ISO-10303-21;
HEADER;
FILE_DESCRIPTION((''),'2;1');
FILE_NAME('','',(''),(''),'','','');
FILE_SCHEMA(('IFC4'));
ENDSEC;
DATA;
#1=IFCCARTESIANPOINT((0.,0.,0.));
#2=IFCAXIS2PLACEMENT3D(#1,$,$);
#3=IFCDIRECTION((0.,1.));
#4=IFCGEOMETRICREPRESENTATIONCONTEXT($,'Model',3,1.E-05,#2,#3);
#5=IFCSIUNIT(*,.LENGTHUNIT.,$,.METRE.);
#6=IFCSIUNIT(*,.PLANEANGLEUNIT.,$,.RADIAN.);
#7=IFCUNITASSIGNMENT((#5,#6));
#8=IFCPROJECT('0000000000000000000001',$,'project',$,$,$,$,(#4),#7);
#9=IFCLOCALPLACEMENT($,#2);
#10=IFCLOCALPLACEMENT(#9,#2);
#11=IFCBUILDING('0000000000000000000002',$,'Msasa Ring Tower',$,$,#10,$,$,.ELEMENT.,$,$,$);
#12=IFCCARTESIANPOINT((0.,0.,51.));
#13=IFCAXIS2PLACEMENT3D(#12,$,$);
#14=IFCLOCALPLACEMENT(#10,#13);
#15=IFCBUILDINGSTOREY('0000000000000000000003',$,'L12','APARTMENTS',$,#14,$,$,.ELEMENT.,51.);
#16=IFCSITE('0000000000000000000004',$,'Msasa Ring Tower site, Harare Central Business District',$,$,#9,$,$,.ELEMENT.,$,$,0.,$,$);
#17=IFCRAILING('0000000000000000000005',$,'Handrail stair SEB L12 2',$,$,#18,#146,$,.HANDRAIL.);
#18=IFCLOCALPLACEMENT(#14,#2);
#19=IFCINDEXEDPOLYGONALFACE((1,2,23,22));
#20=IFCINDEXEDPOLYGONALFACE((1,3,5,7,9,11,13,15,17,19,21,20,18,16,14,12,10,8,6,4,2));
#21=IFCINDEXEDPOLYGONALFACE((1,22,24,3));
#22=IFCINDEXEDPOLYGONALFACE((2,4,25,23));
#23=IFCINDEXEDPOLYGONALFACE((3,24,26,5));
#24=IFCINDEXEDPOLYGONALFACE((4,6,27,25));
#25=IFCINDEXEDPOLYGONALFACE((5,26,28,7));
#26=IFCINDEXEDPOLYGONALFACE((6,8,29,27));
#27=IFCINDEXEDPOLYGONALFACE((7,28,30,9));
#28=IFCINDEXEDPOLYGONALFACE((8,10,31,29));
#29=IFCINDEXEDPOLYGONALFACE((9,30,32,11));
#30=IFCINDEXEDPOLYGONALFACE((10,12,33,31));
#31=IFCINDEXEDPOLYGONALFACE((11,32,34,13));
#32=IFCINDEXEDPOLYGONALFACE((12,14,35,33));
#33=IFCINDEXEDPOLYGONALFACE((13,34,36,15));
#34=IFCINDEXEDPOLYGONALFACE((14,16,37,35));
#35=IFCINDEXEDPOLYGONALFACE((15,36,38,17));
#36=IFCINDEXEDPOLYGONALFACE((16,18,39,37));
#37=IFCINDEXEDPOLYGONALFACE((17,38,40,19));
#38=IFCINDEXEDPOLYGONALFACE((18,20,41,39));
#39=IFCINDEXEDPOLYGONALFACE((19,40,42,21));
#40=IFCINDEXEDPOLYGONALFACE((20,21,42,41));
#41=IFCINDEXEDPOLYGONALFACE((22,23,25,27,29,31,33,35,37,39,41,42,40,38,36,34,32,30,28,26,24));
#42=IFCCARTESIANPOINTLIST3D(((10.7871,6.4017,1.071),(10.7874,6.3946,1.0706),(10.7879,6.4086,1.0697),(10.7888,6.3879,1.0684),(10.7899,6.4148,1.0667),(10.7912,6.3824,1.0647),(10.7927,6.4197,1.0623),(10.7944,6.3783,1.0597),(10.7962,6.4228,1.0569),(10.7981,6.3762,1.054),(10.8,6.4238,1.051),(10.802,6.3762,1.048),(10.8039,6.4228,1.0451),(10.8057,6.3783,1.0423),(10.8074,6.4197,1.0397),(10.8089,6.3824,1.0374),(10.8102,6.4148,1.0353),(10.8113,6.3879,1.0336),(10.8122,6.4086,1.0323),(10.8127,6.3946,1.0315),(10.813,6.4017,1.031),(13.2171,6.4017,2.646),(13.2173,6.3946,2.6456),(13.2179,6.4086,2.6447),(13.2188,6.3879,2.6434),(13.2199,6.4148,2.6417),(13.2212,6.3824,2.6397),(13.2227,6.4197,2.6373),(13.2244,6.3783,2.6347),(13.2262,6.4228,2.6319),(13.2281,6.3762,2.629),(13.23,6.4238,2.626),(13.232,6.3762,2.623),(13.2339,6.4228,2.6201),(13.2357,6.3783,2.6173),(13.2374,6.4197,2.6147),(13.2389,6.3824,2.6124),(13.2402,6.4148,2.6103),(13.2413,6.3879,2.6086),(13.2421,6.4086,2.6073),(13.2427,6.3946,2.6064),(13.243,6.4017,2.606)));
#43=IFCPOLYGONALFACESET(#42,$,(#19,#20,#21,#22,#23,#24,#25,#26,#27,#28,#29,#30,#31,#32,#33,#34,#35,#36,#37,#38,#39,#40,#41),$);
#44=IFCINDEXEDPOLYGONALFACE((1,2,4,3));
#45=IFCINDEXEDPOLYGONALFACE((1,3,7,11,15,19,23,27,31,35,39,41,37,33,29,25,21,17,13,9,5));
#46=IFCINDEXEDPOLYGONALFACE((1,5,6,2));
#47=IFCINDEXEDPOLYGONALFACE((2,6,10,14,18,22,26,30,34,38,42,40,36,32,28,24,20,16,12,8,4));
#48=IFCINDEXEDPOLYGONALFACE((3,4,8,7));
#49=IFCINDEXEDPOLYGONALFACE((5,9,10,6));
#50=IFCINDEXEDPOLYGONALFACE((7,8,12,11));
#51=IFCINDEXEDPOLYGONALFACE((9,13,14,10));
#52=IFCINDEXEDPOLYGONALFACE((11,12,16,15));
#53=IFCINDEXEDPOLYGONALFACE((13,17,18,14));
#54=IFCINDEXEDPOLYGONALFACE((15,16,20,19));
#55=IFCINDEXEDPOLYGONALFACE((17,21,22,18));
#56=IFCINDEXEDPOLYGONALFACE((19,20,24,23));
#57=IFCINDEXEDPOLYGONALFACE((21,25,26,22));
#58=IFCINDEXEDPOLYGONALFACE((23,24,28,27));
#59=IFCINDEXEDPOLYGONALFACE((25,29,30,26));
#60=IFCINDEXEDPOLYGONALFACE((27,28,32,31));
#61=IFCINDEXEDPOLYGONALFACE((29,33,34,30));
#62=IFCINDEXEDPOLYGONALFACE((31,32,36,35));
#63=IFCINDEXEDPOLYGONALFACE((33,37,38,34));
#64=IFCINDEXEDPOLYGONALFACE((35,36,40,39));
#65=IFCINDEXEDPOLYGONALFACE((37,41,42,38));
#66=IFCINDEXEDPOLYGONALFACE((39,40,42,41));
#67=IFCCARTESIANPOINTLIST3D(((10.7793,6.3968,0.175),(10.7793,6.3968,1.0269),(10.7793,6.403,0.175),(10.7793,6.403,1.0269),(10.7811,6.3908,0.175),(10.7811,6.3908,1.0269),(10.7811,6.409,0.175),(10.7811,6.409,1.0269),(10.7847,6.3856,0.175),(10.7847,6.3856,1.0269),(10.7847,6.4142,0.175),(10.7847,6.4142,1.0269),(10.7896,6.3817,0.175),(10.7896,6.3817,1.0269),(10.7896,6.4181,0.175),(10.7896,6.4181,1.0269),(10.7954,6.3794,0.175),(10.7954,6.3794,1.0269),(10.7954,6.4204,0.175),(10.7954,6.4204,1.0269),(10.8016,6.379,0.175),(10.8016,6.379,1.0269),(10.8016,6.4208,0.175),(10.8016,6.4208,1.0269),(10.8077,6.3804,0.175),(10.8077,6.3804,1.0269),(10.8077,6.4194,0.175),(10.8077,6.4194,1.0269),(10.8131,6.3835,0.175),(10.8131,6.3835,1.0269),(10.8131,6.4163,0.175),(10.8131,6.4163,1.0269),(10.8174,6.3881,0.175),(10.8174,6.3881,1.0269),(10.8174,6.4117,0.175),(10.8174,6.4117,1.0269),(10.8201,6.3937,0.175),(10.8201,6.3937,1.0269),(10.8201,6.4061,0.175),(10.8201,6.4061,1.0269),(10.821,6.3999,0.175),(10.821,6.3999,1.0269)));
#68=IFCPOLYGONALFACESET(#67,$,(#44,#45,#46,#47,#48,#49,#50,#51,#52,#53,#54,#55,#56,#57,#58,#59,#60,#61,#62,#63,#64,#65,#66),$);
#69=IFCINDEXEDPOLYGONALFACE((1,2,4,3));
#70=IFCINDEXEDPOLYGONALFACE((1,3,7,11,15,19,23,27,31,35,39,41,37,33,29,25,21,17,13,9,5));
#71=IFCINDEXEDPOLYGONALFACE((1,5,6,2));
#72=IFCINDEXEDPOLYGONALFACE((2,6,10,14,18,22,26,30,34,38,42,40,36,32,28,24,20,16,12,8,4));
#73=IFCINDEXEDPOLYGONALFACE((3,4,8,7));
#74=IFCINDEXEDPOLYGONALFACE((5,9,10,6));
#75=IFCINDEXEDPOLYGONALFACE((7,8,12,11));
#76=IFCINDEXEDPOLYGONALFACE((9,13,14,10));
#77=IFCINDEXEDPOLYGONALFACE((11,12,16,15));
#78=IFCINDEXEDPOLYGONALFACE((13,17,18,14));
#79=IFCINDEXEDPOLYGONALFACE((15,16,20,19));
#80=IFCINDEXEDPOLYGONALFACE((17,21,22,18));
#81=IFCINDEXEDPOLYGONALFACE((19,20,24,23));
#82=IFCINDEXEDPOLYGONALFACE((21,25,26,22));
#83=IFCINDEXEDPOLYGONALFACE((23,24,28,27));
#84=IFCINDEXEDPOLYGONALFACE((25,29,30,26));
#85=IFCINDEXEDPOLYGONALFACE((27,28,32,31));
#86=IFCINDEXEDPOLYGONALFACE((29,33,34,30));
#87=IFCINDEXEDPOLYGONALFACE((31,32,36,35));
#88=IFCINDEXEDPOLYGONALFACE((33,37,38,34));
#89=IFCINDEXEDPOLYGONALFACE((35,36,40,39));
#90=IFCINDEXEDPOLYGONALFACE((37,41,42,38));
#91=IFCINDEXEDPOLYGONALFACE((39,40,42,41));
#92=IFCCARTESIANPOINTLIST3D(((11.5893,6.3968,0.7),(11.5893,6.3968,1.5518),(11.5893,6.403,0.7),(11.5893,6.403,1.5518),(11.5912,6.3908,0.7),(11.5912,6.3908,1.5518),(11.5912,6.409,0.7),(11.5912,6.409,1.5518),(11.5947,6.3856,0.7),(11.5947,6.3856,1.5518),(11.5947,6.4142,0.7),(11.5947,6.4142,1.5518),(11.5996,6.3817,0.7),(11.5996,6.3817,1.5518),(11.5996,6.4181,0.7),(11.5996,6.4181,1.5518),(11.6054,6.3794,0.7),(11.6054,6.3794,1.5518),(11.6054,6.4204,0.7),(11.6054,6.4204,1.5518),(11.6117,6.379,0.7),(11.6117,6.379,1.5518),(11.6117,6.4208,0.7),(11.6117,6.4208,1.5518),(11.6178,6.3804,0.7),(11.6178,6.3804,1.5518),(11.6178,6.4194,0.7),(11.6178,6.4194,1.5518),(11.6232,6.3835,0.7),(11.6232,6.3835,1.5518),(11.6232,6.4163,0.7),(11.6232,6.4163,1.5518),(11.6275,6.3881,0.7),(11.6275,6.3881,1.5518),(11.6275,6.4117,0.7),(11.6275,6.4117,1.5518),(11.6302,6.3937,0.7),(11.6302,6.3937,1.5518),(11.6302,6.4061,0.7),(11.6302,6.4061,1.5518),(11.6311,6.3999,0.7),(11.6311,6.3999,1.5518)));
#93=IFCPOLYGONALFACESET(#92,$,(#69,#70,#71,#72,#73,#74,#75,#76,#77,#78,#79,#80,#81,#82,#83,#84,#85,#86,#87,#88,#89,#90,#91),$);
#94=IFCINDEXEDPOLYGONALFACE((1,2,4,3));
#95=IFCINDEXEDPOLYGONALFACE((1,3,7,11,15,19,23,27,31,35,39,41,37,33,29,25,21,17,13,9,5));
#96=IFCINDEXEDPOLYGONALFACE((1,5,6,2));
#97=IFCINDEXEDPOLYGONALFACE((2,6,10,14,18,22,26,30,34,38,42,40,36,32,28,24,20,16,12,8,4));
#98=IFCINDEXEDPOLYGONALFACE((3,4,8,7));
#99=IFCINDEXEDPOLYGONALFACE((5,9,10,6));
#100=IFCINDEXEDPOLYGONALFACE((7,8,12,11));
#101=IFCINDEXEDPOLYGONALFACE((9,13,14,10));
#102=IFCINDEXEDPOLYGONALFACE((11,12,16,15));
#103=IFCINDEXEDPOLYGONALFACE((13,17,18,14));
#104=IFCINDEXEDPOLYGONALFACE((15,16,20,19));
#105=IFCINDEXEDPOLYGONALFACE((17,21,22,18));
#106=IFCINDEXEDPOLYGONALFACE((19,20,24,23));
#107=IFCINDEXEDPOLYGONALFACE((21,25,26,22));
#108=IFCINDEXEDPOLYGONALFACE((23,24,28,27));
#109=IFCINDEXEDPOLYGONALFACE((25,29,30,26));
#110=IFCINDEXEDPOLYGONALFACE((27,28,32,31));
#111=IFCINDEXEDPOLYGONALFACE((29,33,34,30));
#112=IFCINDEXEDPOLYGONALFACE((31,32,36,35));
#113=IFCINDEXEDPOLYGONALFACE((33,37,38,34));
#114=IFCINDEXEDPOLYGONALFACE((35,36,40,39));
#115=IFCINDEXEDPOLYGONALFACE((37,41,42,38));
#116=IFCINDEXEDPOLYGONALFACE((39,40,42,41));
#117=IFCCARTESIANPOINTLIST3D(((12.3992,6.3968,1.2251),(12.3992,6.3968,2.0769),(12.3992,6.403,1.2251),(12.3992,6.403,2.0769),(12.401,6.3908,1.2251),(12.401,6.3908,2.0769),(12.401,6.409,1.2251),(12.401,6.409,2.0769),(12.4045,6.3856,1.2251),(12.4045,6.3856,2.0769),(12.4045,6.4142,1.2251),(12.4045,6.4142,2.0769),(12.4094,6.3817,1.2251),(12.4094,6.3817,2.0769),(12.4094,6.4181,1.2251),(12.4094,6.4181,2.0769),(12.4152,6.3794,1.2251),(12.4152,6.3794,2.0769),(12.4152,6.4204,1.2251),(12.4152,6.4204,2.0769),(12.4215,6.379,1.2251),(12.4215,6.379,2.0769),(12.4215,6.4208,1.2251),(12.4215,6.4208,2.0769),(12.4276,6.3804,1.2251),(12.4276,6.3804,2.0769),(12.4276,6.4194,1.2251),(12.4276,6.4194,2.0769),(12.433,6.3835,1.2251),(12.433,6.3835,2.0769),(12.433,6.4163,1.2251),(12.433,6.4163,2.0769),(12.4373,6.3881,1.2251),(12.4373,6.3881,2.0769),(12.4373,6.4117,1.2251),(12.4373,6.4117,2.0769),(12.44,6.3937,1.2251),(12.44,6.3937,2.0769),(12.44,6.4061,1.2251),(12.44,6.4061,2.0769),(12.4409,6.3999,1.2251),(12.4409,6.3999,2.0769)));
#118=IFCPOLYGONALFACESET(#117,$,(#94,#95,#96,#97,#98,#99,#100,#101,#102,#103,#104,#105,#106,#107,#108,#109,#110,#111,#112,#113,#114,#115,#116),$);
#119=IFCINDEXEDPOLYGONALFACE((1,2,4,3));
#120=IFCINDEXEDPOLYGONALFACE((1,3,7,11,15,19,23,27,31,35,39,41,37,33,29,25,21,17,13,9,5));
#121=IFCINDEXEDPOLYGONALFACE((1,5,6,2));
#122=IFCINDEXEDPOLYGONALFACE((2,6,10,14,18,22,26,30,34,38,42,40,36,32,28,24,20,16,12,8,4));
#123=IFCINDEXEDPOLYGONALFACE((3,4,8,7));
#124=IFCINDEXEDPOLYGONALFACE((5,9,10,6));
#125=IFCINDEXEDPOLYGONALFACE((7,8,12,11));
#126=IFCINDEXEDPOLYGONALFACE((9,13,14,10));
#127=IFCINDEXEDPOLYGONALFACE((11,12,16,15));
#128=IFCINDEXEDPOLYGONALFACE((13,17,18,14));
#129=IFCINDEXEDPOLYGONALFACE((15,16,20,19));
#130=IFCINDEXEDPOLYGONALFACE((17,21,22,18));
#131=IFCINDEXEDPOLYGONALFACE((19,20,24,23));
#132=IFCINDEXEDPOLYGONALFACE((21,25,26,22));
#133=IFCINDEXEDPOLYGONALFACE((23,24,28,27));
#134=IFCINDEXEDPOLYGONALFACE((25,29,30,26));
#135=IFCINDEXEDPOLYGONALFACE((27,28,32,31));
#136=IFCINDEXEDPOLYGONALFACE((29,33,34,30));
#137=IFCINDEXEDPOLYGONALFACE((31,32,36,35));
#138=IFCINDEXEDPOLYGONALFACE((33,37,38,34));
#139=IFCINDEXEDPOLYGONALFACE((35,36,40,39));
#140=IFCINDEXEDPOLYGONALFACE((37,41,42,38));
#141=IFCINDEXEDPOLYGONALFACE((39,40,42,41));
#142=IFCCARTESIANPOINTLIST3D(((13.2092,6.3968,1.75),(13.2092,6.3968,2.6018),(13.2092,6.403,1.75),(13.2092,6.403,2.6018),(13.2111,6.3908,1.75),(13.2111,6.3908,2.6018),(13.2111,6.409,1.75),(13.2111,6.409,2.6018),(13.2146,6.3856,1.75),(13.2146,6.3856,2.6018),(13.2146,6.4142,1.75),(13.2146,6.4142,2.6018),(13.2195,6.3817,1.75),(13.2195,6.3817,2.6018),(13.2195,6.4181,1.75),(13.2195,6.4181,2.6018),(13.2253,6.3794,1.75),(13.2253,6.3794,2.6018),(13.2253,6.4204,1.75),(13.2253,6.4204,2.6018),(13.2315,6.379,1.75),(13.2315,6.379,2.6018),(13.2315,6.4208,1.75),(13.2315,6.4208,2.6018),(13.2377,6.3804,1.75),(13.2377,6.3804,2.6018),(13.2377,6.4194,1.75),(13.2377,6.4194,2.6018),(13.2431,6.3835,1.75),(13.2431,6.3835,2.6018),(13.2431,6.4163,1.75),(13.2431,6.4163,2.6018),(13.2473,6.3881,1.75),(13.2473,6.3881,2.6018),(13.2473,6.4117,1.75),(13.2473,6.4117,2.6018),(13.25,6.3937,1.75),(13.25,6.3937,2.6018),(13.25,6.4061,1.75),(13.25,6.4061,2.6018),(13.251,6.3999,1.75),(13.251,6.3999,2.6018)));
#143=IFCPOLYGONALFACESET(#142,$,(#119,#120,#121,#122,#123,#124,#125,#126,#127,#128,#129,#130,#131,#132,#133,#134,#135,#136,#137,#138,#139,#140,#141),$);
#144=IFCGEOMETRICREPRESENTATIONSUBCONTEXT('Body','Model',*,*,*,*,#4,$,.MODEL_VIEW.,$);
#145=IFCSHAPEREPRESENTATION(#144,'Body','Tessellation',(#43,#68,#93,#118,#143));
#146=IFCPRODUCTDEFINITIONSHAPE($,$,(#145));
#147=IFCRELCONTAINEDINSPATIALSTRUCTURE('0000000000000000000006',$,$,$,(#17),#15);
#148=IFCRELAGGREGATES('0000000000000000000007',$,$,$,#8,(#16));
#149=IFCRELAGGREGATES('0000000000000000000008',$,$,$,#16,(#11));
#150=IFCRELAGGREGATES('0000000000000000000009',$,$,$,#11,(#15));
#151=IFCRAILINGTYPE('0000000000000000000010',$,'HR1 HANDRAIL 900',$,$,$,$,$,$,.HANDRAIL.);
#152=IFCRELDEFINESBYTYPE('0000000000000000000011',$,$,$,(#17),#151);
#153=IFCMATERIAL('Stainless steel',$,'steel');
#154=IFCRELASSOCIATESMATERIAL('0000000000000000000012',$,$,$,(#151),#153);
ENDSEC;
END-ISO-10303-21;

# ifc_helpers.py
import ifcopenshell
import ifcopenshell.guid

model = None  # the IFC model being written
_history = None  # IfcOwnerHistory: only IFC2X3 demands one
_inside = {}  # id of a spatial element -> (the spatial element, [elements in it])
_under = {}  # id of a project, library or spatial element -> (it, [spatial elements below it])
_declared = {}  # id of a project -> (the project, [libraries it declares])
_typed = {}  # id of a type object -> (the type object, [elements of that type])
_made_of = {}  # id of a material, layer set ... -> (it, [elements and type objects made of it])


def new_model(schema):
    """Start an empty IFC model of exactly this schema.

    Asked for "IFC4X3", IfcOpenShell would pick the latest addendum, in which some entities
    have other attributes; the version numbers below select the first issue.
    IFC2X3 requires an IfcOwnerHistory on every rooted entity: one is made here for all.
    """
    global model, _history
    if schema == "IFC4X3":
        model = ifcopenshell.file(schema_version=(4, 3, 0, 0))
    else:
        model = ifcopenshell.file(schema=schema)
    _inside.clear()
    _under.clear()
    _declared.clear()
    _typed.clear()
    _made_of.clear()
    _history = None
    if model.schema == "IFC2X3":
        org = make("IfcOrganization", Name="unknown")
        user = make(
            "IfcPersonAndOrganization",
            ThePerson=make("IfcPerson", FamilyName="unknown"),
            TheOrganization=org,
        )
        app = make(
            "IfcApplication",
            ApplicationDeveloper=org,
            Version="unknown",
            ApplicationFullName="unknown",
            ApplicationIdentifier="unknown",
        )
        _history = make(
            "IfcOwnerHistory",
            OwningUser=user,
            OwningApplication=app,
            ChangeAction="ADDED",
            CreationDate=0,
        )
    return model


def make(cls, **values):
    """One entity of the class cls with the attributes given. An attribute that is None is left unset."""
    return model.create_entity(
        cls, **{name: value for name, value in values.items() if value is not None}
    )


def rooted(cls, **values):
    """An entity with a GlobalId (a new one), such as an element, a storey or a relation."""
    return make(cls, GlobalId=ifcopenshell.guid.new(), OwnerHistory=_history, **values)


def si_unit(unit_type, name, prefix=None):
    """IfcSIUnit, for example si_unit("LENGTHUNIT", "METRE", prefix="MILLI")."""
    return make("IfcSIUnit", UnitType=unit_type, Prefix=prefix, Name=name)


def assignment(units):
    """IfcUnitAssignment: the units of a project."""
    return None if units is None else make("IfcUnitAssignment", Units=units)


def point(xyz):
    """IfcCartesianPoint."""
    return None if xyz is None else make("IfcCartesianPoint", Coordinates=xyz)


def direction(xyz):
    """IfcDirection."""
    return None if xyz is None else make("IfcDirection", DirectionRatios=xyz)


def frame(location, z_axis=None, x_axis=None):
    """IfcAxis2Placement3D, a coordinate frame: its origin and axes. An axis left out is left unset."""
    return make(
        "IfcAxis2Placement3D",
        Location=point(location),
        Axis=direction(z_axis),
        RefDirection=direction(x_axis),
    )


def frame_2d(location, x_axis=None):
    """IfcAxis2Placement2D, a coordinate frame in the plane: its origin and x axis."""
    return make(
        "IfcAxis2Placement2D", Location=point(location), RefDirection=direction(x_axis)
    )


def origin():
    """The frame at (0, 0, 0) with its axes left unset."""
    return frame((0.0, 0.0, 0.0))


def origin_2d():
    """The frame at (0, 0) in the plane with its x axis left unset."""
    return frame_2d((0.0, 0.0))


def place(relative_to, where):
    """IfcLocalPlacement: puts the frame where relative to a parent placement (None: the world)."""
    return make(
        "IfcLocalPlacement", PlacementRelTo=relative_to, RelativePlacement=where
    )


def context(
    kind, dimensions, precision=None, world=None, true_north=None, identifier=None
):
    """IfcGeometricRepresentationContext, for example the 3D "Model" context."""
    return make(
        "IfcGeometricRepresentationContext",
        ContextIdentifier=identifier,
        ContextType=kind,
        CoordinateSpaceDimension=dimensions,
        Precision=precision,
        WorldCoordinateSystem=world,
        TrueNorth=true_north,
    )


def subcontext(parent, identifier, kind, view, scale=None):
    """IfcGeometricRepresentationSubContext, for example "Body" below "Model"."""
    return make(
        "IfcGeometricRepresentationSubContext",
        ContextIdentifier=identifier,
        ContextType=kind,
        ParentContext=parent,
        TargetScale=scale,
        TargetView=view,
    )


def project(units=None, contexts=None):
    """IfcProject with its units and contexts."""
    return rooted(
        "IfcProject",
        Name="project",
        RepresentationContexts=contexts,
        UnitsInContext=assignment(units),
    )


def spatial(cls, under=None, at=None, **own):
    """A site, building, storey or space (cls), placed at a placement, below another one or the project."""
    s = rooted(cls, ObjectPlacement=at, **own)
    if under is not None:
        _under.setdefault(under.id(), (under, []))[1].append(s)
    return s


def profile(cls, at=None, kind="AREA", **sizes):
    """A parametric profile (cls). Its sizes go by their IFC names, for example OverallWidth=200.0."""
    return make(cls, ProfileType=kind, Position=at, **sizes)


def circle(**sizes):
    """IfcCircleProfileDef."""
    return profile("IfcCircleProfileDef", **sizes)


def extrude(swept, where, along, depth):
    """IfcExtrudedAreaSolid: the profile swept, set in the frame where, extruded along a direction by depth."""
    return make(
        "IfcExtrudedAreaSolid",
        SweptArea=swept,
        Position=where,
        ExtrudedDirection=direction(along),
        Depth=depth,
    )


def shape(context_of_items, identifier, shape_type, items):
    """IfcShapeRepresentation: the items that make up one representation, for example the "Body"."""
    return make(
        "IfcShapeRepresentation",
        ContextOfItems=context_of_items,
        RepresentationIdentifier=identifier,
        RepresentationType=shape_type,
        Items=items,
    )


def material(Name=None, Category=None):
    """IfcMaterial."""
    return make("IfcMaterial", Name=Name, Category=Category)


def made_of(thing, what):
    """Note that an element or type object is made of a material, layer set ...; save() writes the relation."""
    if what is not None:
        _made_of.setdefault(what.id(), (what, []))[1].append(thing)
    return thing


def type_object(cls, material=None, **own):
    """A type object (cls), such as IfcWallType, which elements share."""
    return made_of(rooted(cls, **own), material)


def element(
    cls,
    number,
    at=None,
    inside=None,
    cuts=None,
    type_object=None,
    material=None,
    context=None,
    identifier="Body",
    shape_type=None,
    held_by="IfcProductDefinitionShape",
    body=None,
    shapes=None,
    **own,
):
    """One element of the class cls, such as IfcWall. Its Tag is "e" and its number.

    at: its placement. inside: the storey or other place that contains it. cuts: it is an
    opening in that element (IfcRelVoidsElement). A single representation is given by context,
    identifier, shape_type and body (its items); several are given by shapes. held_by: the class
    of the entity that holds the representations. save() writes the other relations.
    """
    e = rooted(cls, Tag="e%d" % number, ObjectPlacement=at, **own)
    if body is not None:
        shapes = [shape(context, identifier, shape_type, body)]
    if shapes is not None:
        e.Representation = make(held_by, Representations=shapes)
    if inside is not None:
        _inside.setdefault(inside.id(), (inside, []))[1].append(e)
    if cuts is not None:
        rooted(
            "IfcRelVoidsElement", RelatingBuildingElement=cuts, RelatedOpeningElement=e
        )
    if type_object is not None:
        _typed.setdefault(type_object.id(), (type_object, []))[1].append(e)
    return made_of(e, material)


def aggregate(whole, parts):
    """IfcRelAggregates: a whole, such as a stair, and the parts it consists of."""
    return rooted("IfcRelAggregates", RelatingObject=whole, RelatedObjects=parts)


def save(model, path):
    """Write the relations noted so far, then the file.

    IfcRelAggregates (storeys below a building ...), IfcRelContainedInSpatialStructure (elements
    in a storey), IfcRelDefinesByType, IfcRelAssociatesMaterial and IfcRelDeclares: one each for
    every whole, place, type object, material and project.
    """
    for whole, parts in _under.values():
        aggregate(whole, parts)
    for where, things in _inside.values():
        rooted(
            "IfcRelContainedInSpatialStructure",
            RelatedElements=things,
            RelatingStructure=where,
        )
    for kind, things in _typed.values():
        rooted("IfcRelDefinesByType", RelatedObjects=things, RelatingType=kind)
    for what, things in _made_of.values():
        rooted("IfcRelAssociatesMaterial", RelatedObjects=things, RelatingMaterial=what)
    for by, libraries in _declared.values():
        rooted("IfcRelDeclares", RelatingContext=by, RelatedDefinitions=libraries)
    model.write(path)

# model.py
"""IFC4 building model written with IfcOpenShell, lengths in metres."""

from ifc_helpers import new_model, si_unit, direction, frame, origin, origin_2d, place, context, subcontext, project, spatial, circle, extrude, material, type_object, element, save


model = new_model("IFC4")

# Units and contexts
model_context = context("Model", 3, precision=1e-05, world=origin(), true_north=direction((0.0, 1.0)))
body_context = subcontext(model_context, "Body", "Model", "MODEL_VIEW")
ifc_project = project(units=[si_unit("LENGTHUNIT", "METRE"), si_unit("PLANEANGLEUNIT", "RADIAN")], contexts=[model_context])

# Site, building, storey
site_placement = place(None, origin())
site = spatial("IfcSite", under=ifc_project, at=site_placement, Name="Msasa Ring Tower site, Harare Central Business District", CompositionType="ELEMENT", RefElevation=0.0)
building_placement = place(site_placement, origin())
building = spatial("IfcBuilding", under=site, at=building_placement, Name="Msasa Ring Tower", CompositionType="ELEMENT")
storey_placement = place(building_placement, frame((0.0, 0.0, 51.0)))
storey = spatial("IfcBuildingStorey", under=building, at=storey_placement, Name="L12", Description="APARTMENTS", CompositionType="ELEMENT", Elevation=51.0)

# Railing
ifc_material_1 = material(Name="Stainless steel", Category="steel")
railing_type = type_object("IfcRailingType", Name="HR1 HANDRAIL 900", PredefinedType="HANDRAIL", material=ifc_material_1)
for number, where, name in (
    (1, (10.8, 6.3999, 0.175), "Handrail stair SEB L12 2"),
):
    element("IfcRailing", number, at=place(storey_placement, frame(where)), inside=storey, type_object=railing_type, Name=name, PredefinedType="HANDRAIL", context=body_context, shape_type="SweptSolid", body=[
        extrude(circle(Radius=0.0239, at=origin_2d()), frame((0.0, 0.0, 0.876), z_axis=(0.839154, 0.0, 0.543894), x_axis=(0.0, 1.0, 0.0)), (0.0, 0.0, 1.0), 2.8958),
        extrude(circle(Radius=0.021, at=origin_2d()), origin(), (0.0, 0.0, 1.0), 0.8518),
        extrude(circle(Radius=0.021, at=origin_2d()), frame((0.8101, 0.0, 0.5249)), (0.0, 0.0, 1.0), 0.8518),
        extrude(circle(Radius=0.021, at=origin_2d()), frame((1.6199, 0.0, 1.05)), (0.0, 0.0, 1.0), 0.8518),
        extrude(circle(Radius=0.021, at=origin_2d()), frame((2.4299, 0.0, 1.575)), (0.0, 0.0, 1.0), 0.8518),
    ])

save(model, "model.ifc")
